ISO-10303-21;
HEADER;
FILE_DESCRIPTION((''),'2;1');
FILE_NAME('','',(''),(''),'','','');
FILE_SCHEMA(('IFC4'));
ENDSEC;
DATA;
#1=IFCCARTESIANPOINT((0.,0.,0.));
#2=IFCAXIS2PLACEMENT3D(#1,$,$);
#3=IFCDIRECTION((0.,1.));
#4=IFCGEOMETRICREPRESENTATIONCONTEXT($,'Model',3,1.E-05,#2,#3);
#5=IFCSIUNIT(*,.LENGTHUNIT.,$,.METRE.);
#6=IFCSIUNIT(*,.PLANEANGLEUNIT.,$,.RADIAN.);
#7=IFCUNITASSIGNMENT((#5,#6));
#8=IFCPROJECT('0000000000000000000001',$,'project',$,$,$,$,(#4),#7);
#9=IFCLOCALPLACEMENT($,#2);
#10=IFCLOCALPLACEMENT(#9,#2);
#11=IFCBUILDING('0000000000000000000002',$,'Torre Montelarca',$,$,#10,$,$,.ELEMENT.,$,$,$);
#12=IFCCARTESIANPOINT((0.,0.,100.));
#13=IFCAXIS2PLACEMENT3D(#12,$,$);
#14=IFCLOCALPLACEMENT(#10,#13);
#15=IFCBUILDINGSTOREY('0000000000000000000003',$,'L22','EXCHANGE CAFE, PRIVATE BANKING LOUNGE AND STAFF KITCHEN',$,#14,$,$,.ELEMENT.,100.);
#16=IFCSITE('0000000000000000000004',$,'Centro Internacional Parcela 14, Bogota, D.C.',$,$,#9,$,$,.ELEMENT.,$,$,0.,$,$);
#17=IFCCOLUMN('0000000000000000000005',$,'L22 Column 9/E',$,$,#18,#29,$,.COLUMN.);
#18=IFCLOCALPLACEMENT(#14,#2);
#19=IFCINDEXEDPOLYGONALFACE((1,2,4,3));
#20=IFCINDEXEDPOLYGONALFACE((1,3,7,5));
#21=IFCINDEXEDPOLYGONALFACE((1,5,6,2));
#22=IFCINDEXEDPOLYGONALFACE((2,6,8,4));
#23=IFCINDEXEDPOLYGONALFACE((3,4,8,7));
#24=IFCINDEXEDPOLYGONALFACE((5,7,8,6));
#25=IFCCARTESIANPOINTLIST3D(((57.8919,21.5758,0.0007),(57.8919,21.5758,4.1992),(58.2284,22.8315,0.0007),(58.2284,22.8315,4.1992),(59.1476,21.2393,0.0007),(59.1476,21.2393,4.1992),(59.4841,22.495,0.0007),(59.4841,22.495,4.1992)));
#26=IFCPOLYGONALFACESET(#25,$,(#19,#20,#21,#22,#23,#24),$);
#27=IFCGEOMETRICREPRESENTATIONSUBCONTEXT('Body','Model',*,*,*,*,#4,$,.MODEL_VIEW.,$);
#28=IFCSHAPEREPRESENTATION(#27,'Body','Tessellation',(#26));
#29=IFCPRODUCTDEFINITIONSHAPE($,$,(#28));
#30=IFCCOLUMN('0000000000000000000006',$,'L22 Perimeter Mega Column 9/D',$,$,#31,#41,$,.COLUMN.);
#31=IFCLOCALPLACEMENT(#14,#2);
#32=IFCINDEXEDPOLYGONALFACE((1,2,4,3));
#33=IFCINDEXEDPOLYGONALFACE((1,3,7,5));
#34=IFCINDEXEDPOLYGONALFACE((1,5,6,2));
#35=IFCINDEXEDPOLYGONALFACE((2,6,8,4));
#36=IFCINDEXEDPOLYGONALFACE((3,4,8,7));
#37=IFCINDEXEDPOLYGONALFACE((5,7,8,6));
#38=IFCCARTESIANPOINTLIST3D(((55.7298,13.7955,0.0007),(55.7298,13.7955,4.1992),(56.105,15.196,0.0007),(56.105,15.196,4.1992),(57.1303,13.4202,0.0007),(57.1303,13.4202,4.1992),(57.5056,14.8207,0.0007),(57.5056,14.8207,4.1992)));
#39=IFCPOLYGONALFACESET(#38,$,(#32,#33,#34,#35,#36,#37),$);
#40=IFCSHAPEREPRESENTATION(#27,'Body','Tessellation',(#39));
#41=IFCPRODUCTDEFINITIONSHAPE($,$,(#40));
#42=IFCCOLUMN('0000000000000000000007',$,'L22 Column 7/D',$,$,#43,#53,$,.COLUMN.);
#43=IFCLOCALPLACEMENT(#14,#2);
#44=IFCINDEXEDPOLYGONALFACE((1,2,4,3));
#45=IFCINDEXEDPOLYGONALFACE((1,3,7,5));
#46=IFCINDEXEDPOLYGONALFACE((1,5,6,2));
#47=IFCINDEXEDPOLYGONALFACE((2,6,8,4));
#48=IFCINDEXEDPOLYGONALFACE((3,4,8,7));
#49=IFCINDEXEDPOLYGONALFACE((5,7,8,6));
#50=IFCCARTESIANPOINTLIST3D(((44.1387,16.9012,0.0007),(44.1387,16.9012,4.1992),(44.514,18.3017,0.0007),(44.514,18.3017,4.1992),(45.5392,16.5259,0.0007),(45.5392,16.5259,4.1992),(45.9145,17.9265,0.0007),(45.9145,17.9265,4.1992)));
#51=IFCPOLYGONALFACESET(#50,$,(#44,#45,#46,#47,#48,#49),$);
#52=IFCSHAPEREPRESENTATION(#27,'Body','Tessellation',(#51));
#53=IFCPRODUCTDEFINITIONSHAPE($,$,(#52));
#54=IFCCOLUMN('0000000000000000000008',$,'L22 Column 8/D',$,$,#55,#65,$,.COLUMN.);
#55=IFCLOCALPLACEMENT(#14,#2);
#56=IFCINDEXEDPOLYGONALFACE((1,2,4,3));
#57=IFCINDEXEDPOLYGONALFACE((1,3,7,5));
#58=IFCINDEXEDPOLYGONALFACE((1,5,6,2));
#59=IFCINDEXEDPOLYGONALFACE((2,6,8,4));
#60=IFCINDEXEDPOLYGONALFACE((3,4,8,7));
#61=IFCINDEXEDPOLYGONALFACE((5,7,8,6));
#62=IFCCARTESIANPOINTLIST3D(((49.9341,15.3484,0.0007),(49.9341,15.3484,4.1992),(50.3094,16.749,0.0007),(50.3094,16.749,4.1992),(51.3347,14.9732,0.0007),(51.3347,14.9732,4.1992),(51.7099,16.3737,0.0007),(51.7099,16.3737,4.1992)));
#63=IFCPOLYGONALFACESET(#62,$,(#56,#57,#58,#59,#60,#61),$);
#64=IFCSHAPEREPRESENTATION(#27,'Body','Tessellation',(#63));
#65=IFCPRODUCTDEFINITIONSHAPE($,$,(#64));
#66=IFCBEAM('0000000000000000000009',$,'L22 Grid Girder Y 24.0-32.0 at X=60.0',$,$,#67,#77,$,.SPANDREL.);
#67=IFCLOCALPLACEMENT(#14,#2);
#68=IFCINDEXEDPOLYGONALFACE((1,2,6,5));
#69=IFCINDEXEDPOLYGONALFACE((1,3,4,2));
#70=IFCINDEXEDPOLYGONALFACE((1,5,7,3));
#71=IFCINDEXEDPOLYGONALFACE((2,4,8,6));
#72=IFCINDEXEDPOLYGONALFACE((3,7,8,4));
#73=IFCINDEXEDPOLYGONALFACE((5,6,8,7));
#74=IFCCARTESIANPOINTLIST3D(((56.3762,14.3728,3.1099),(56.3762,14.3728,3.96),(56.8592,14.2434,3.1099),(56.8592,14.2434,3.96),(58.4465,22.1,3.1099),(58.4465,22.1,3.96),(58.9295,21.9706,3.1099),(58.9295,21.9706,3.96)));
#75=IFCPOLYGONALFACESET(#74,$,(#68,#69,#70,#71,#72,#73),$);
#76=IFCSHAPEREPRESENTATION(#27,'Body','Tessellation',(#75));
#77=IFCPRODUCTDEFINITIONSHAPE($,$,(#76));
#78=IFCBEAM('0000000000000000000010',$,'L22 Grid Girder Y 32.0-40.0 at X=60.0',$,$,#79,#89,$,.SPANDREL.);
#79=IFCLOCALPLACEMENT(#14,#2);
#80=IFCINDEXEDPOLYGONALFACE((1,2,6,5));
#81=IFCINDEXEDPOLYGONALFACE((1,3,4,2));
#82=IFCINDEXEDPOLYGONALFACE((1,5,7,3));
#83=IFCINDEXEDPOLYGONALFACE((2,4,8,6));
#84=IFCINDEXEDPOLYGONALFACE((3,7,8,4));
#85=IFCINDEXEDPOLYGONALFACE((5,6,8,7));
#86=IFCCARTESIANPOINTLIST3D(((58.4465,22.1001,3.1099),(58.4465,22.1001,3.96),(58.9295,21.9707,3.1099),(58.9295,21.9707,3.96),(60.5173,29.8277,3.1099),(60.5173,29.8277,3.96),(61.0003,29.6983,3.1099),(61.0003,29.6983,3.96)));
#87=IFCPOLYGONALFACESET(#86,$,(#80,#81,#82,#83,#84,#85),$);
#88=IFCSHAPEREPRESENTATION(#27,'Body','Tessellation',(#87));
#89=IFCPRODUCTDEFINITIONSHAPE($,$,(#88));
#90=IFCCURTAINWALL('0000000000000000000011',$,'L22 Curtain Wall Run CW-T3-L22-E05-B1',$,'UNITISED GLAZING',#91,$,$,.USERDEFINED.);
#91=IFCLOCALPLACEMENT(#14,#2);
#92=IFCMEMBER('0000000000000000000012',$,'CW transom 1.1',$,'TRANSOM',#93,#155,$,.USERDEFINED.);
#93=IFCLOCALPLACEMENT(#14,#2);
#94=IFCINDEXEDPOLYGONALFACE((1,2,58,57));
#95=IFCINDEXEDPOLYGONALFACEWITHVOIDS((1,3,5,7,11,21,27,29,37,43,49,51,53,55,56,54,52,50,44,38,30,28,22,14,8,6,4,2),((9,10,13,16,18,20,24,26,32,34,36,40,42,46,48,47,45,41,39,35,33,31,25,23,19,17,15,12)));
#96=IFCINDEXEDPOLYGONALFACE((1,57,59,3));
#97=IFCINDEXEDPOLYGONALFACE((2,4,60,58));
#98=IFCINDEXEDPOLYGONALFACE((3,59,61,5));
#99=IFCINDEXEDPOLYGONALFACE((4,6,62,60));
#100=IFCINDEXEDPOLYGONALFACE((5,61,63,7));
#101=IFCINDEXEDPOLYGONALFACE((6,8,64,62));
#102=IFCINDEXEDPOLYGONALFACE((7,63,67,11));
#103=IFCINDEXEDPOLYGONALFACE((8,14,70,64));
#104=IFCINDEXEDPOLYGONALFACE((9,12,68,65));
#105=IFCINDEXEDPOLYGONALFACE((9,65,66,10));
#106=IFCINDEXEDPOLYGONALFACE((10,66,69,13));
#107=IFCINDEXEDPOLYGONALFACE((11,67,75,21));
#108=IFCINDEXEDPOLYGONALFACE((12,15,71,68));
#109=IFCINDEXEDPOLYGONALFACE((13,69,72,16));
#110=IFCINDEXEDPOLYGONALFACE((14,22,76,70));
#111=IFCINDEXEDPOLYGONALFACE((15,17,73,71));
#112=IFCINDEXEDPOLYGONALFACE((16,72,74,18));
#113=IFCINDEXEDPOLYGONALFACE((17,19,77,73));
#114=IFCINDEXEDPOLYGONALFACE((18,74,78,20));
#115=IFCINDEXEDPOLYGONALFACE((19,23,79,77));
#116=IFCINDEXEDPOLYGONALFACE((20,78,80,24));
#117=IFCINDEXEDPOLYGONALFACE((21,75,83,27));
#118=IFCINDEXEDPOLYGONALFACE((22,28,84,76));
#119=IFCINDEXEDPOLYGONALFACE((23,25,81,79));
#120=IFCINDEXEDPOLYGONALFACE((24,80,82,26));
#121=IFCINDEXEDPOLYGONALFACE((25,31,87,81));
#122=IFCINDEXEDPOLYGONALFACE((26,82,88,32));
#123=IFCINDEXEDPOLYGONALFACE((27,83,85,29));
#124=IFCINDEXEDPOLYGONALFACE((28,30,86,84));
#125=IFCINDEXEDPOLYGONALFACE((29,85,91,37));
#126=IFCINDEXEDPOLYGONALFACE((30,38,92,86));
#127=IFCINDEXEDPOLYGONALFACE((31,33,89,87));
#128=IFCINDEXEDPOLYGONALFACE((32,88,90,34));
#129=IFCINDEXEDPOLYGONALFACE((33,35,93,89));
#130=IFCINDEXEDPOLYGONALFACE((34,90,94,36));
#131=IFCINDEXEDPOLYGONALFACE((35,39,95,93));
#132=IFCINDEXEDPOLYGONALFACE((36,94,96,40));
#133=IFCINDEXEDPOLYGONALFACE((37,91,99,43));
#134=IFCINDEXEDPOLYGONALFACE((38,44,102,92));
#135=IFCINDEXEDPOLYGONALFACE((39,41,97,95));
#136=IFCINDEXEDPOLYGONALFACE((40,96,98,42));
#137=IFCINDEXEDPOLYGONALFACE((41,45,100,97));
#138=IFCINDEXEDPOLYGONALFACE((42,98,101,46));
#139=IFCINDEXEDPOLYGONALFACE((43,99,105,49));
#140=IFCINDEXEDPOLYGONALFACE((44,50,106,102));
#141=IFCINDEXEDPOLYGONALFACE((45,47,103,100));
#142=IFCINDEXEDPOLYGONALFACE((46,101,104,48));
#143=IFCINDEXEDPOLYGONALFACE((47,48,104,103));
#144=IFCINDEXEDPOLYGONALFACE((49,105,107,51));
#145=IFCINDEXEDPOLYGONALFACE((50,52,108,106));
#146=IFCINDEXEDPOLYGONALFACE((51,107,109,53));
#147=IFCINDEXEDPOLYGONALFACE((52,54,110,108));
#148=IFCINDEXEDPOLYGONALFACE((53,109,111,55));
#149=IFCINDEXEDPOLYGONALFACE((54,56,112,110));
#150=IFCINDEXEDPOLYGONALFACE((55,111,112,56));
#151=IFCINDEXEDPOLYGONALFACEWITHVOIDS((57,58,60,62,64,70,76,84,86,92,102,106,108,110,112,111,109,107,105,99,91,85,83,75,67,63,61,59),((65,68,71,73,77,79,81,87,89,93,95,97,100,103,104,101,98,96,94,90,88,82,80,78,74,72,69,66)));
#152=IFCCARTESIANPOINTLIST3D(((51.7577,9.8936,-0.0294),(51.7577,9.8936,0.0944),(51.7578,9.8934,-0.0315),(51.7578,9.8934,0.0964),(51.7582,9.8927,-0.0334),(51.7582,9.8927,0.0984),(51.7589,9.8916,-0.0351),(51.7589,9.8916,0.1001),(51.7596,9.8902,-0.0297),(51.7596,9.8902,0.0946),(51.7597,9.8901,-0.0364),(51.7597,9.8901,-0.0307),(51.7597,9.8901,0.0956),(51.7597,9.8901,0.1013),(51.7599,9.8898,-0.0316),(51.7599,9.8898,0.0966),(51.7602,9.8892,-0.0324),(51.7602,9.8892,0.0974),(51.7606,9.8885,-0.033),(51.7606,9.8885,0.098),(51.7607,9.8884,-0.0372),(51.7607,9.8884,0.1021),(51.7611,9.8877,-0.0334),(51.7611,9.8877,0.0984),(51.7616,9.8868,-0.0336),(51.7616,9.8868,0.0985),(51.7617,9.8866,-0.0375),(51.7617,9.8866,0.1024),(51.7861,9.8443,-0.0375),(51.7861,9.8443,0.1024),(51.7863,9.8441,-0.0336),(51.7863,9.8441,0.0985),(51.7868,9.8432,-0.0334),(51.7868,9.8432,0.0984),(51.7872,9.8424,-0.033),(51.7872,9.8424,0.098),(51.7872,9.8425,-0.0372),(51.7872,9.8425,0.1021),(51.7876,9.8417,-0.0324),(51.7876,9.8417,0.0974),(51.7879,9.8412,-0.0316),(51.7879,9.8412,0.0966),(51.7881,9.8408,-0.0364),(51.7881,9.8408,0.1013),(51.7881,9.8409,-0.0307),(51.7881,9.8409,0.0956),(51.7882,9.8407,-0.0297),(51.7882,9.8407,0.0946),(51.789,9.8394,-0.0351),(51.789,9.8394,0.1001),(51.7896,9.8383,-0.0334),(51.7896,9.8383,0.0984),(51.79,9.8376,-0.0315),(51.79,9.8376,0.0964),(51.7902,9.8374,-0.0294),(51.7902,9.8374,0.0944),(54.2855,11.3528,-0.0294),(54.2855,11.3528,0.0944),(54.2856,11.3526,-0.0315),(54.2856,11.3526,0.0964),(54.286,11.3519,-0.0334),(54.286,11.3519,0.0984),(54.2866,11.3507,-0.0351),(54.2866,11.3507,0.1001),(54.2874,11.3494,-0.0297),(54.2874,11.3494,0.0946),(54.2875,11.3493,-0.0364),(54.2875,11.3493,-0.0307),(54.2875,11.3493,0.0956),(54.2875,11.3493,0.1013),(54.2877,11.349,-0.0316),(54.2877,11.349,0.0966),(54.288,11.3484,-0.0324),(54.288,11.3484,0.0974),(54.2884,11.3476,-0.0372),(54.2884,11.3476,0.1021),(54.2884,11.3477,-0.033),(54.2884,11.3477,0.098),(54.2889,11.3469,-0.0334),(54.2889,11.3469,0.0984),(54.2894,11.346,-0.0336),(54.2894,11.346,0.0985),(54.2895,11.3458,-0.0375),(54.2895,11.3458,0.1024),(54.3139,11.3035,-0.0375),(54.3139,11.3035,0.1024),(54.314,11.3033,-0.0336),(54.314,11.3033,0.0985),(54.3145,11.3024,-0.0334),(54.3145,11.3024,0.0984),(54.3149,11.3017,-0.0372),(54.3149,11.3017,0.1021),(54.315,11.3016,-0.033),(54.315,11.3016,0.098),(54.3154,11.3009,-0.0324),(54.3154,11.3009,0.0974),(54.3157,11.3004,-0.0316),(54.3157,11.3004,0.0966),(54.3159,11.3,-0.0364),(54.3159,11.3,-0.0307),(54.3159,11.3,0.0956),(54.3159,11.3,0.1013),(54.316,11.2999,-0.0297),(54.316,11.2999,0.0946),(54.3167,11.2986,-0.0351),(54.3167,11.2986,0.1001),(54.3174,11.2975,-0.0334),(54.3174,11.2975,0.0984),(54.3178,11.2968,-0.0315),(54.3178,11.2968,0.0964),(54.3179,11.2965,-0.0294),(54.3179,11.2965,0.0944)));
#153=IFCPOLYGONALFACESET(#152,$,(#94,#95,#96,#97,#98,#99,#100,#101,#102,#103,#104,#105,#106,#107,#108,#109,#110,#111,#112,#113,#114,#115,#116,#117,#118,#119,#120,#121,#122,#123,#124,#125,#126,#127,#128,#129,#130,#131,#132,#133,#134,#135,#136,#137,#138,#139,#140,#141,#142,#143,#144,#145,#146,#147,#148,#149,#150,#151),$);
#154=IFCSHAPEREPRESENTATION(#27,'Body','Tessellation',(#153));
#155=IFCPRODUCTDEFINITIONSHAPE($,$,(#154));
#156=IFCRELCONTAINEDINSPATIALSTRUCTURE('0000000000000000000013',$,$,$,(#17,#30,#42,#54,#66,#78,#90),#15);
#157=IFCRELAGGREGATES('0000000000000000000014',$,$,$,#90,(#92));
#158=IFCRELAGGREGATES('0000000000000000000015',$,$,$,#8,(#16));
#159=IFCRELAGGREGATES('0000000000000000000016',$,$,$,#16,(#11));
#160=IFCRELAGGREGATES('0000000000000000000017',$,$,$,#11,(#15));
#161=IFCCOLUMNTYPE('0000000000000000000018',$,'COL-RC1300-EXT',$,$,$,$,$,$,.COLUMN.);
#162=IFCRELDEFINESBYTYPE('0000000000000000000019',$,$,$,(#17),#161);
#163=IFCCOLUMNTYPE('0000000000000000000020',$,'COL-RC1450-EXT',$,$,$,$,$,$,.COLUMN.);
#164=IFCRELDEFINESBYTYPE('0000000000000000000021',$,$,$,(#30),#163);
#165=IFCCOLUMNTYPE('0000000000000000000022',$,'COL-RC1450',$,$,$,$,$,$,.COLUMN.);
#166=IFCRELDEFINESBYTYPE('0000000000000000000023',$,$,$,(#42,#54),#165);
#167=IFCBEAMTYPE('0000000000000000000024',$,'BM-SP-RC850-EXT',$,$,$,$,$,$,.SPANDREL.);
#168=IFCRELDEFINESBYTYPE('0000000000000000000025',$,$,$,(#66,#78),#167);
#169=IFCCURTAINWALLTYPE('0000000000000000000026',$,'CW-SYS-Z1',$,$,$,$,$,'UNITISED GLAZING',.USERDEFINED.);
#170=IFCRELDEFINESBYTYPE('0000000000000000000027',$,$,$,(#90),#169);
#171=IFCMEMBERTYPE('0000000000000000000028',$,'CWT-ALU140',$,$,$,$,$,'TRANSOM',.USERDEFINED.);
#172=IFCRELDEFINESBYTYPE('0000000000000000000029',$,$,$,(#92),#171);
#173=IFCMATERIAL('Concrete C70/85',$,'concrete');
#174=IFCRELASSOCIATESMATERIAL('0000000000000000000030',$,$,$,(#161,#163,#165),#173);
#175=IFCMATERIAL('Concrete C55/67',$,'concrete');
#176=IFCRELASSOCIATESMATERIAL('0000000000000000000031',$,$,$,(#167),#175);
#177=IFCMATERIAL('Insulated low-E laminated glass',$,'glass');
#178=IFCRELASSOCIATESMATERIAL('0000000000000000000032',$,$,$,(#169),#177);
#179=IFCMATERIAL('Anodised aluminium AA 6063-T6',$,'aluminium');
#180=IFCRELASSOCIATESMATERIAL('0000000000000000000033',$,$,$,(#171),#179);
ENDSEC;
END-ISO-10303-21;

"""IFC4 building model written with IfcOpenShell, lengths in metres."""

from ifc_helpers import new_model, si_unit, direction, frame, origin, origin_2d, place, context, subcontext, project, spatial, rectangle, hollow_rectangle, extrude, source, transform, mapped, material, material_profile, profile_set, type_object, element, aggregate, save


model = new_model("IFC4")

# Units and contexts
model_context = context("Model", 3, precision=1e-05, world=origin(), true_north=direction((0.0, 1.0)))
body_context = subcontext(model_context, "Body", "Model", "MODEL_VIEW")
ifc_project = project(units=[si_unit("LENGTHUNIT", "METRE"), si_unit("PLANEANGLEUNIT", "RADIAN")], contexts=[model_context])

# Site, building, storey
site_placement = place(None, origin())
site = spatial("IfcSite", under=ifc_project, at=site_placement, Name="Centro Internacional Parcela 14, Bogota, D.C.", CompositionType="ELEMENT", RefElevation=0.0)
building_placement = place(site_placement, origin())
building = spatial("IfcBuilding", under=site, at=building_placement, Name="Torre Montelarca", CompositionType="ELEMENT")
storey_placement = place(building_placement, frame((0.0, 0.0, 100.0)))
storey = spatial("IfcBuildingStorey", under=building, at=storey_placement, Name="L22", Description="EXCHANGE CAFE, PRIVATE BANKING LOUNGE AND STAFF KITCHEN", CompositionType="ELEMENT", Elevation=100.0)

# Columns
ifc_material_1 = material(Name="Concrete C70/85", Category="concrete")
ifc_material_profile_1 = material_profile(ifc_material_1, rectangle(XDim=1.3, YDim=1.3, at=origin_2d()), Name="RC1300X1300", Category="concrete")
ifc_profile_set_1 = profile_set([ifc_material_profile_1], Name="Concrete C70/85")
column_type_1 = type_object("IfcColumnType", Name="COL-RC1300-EXT", PredefinedType="COLUMN", material=ifc_profile_set_1)
shared_shape_1 = source(origin(), body_context, "Body", "SweptSolid", [
    extrude(rectangle(XDim=1.3, YDim=1.3, at=origin_2d()), origin(), (0.0, 0.0, 1.0), 4.1985),
])
column_1_placement = place(storey_placement, frame((58.688, 22.0354, 0.0007), z_axis=(0.0, 0.0, 1.0), x_axis=(-0.965926, 0.258819, 0.0)))
element("IfcColumn", 1, at=column_1_placement, inside=storey, type_object=column_type_1, Name="L22 Column 9/E", PredefinedType="COLUMN", context=body_context, shape_type="MappedRepresentation", body=[
    mapped(shared_shape_1, transform((0.0, 0.0, 0.0), scale=1.0)),
])
ifc_material_profile_2 = material_profile(ifc_material_1, rectangle(XDim=1.45, YDim=1.45, at=origin_2d()), Name="RC1450X1450", Category="concrete")
ifc_profile_set_2 = profile_set([ifc_material_profile_2], Name="Concrete C70/85")
column_type_2 = type_object("IfcColumnType", Name="COL-RC1450-EXT", PredefinedType="COLUMN", material=ifc_profile_set_2)
shared_shape_2 = source(origin(), body_context, "Body", "SweptSolid", [
    extrude(rectangle(XDim=1.45, YDim=1.45, at=origin_2d()), origin(), (0.0, 0.0, 1.0), 4.1985),
])
column_2_placement = place(storey_placement, frame((56.6177, 14.3081, 0.0007), z_axis=(0.0, 0.0, 1.0), x_axis=(-0.965926, 0.258819, 0.0)))
element("IfcColumn", 2, at=column_2_placement, inside=storey, type_object=column_type_2, Name="L22 Perimeter Mega Column 9/D", PredefinedType="COLUMN", context=body_context, shape_type="MappedRepresentation", body=[
    mapped(shared_shape_2, transform((0.0, 0.0, 0.0), scale=1.0)),
])
ifc_material_profile_3 = material_profile(ifc_material_1, rectangle(XDim=1.45, YDim=1.45, at=origin_2d()), Name="RC1450X1450", Category="concrete")
ifc_profile_set_3 = profile_set([ifc_material_profile_3], Name="Concrete C70/85")
column_type_3 = type_object("IfcColumnType", Name="COL-RC1450", PredefinedType="COLUMN", material=ifc_profile_set_3)
shared_shape_3 = source(origin(), body_context, "Body", "SweptSolid", [
    extrude(rectangle(XDim=1.45, YDim=1.45, at=origin_2d()), origin(), (0.0, 0.0, 1.0), 4.1985),
])
for number, where, z_axis, x_axis, name in (
    (3, (45.0266, 17.4138, 0.0007), (0.0, 0.0, 1.0), (-0.965926, 0.258819, 0.0), "L22 Column 7/D"),
    (4, (50.822, 15.8611, 0.0007), (0.0, 0.0, 1.0), (-0.965926, 0.258819, 0.0), "L22 Column 8/D"),
):
    element("IfcColumn", number, at=place(storey_placement, frame(where, z_axis=z_axis, x_axis=x_axis)), inside=storey, type_object=column_type_3, Name=name, PredefinedType="COLUMN", context=body_context, shape_type="MappedRepresentation", body=[
        mapped(shared_shape_3, transform((0.0, 0.0, 0.0), scale=1.0)),
    ])

# Beams
ifc_material_2 = material(Name="Concrete C55/67", Category="concrete")
ifc_material_profile_4 = material_profile(ifc_material_2, rectangle(XDim=0.5, YDim=0.8501, at=origin_2d()), Name="RCB500X850", Category="concrete")
ifc_profile_set_4 = profile_set([ifc_material_profile_4], Name="Concrete C55/67")
beam_type = type_object("IfcBeamType", Name="BM-SP-RC850-EXT", PredefinedType="SPANDREL", material=ifc_profile_set_4)
shared_shape_4 = source(origin(), body_context, "Body", "SweptSolid", [
    extrude(rectangle(XDim=0.5, YDim=0.8501, at=origin_2d()), origin(), (0.0, 0.0, 1.0), 7.9998),
])
beam_1_placement = place(storey_placement, frame((56.6177, 14.3081, 3.5349), z_axis=(0.258795, 0.965932, 0.0), x_axis=(-0.965932, 0.258795, 0.0)))
element("IfcBeam", 5, at=beam_1_placement, inside=storey, type_object=beam_type, Name="L22 Grid Girder Y 24.0-32.0 at X=60.0", PredefinedType="SPANDREL", context=body_context, shape_type="MappedRepresentation", body=[
    mapped(shared_shape_4, transform((0.0, 0.0, 0.0), scale=1.0)),
])
shared_shape_5 = source(origin(), body_context, "Body", "SweptSolid", [
    extrude(rectangle(XDim=0.5, YDim=0.8501, at=origin_2d()), origin(), (0.0, 0.0, 1.0), 8.0002),
])
beam_2_placement = place(storey_placement, frame((58.688, 22.0354, 3.5349), z_axis=(0.258844, 0.965919, 0.0), x_axis=(-0.965919, 0.258844, 0.0)))
element("IfcBeam", 6, at=beam_2_placement, inside=storey, type_object=beam_type, Name="L22 Grid Girder Y 32.0-40.0 at X=60.0", PredefinedType="SPANDREL", context=body_context, shape_type="MappedRepresentation", body=[
    mapped(shared_shape_5, transform((0.0, 0.0, 0.0), scale=1.0)),
])

# Curtain wall, member
ifc_material_3 = material(Name="Insulated low-E laminated glass", Category="glass")
curtain_wall_type = type_object("IfcCurtainWallType", Name="CW-SYS-Z1", ElementType="UNITISED GLAZING", PredefinedType="USERDEFINED", material=ifc_material_3)
curtain_wall_1_placement = place(storey_placement, origin())
curtain_wall_1 = element("IfcCurtainWall", 7, at=curtain_wall_1_placement, inside=storey, type_object=curtain_wall_type, Name="L22 Curtain Wall Run CW-T3-L22-E05-B1", ObjectType="UNITISED GLAZING", PredefinedType="USERDEFINED")
ifc_material_4 = material(Name="Anodised aluminium AA 6063-T6", Category="aluminium")
ifc_material_profile_5 = material_profile(ifc_material_4, hollow_rectangle(XDim=0.0649, YDim=0.1399, WallThickness=0.0039, InnerFilletRadius=0.0039, OuterFilletRadius=0.0081, at=origin_2d()), Name="ALU65X140X4", Category="aluminium")
ifc_profile_set_5 = profile_set([ifc_material_profile_5], Name="Anodised aluminium AA 6063-T6")
member_type_1 = type_object("IfcMemberType", Name="CWT-ALU140", ElementType="TRANSOM", PredefinedType="USERDEFINED", material=ifc_profile_set_5)
shared_shape_6 = source(origin(), body_context, "Body", "SweptSolid", [
    extrude(hollow_rectangle(XDim=0.0649, YDim=0.1399, WallThickness=0.0039, InnerFilletRadius=0.0039, OuterFilletRadius=0.0081, at=origin_2d()), origin(), (0.0, 0.0, 1.0), 2.9187),
])
member_1_placement = place(storey_placement, frame((51.7739, 9.8655, 0.0325), z_axis=(0.866057, 0.499944, 0.0), x_axis=(-0.499944, 0.866057, 0.0)))
member_1 = element("IfcMember", 8, at=member_1_placement, type_object=member_type_1, Name="CW transom 1.1", ObjectType="TRANSOM", PredefinedType="USERDEFINED", context=body_context, shape_type="MappedRepresentation", body=[
    mapped(shared_shape_6, transform((0.0, 0.0, 0.0), scale=1.0)),
])

aggregate(curtain_wall_1, [member_1])

save(model, "model.ifc")
